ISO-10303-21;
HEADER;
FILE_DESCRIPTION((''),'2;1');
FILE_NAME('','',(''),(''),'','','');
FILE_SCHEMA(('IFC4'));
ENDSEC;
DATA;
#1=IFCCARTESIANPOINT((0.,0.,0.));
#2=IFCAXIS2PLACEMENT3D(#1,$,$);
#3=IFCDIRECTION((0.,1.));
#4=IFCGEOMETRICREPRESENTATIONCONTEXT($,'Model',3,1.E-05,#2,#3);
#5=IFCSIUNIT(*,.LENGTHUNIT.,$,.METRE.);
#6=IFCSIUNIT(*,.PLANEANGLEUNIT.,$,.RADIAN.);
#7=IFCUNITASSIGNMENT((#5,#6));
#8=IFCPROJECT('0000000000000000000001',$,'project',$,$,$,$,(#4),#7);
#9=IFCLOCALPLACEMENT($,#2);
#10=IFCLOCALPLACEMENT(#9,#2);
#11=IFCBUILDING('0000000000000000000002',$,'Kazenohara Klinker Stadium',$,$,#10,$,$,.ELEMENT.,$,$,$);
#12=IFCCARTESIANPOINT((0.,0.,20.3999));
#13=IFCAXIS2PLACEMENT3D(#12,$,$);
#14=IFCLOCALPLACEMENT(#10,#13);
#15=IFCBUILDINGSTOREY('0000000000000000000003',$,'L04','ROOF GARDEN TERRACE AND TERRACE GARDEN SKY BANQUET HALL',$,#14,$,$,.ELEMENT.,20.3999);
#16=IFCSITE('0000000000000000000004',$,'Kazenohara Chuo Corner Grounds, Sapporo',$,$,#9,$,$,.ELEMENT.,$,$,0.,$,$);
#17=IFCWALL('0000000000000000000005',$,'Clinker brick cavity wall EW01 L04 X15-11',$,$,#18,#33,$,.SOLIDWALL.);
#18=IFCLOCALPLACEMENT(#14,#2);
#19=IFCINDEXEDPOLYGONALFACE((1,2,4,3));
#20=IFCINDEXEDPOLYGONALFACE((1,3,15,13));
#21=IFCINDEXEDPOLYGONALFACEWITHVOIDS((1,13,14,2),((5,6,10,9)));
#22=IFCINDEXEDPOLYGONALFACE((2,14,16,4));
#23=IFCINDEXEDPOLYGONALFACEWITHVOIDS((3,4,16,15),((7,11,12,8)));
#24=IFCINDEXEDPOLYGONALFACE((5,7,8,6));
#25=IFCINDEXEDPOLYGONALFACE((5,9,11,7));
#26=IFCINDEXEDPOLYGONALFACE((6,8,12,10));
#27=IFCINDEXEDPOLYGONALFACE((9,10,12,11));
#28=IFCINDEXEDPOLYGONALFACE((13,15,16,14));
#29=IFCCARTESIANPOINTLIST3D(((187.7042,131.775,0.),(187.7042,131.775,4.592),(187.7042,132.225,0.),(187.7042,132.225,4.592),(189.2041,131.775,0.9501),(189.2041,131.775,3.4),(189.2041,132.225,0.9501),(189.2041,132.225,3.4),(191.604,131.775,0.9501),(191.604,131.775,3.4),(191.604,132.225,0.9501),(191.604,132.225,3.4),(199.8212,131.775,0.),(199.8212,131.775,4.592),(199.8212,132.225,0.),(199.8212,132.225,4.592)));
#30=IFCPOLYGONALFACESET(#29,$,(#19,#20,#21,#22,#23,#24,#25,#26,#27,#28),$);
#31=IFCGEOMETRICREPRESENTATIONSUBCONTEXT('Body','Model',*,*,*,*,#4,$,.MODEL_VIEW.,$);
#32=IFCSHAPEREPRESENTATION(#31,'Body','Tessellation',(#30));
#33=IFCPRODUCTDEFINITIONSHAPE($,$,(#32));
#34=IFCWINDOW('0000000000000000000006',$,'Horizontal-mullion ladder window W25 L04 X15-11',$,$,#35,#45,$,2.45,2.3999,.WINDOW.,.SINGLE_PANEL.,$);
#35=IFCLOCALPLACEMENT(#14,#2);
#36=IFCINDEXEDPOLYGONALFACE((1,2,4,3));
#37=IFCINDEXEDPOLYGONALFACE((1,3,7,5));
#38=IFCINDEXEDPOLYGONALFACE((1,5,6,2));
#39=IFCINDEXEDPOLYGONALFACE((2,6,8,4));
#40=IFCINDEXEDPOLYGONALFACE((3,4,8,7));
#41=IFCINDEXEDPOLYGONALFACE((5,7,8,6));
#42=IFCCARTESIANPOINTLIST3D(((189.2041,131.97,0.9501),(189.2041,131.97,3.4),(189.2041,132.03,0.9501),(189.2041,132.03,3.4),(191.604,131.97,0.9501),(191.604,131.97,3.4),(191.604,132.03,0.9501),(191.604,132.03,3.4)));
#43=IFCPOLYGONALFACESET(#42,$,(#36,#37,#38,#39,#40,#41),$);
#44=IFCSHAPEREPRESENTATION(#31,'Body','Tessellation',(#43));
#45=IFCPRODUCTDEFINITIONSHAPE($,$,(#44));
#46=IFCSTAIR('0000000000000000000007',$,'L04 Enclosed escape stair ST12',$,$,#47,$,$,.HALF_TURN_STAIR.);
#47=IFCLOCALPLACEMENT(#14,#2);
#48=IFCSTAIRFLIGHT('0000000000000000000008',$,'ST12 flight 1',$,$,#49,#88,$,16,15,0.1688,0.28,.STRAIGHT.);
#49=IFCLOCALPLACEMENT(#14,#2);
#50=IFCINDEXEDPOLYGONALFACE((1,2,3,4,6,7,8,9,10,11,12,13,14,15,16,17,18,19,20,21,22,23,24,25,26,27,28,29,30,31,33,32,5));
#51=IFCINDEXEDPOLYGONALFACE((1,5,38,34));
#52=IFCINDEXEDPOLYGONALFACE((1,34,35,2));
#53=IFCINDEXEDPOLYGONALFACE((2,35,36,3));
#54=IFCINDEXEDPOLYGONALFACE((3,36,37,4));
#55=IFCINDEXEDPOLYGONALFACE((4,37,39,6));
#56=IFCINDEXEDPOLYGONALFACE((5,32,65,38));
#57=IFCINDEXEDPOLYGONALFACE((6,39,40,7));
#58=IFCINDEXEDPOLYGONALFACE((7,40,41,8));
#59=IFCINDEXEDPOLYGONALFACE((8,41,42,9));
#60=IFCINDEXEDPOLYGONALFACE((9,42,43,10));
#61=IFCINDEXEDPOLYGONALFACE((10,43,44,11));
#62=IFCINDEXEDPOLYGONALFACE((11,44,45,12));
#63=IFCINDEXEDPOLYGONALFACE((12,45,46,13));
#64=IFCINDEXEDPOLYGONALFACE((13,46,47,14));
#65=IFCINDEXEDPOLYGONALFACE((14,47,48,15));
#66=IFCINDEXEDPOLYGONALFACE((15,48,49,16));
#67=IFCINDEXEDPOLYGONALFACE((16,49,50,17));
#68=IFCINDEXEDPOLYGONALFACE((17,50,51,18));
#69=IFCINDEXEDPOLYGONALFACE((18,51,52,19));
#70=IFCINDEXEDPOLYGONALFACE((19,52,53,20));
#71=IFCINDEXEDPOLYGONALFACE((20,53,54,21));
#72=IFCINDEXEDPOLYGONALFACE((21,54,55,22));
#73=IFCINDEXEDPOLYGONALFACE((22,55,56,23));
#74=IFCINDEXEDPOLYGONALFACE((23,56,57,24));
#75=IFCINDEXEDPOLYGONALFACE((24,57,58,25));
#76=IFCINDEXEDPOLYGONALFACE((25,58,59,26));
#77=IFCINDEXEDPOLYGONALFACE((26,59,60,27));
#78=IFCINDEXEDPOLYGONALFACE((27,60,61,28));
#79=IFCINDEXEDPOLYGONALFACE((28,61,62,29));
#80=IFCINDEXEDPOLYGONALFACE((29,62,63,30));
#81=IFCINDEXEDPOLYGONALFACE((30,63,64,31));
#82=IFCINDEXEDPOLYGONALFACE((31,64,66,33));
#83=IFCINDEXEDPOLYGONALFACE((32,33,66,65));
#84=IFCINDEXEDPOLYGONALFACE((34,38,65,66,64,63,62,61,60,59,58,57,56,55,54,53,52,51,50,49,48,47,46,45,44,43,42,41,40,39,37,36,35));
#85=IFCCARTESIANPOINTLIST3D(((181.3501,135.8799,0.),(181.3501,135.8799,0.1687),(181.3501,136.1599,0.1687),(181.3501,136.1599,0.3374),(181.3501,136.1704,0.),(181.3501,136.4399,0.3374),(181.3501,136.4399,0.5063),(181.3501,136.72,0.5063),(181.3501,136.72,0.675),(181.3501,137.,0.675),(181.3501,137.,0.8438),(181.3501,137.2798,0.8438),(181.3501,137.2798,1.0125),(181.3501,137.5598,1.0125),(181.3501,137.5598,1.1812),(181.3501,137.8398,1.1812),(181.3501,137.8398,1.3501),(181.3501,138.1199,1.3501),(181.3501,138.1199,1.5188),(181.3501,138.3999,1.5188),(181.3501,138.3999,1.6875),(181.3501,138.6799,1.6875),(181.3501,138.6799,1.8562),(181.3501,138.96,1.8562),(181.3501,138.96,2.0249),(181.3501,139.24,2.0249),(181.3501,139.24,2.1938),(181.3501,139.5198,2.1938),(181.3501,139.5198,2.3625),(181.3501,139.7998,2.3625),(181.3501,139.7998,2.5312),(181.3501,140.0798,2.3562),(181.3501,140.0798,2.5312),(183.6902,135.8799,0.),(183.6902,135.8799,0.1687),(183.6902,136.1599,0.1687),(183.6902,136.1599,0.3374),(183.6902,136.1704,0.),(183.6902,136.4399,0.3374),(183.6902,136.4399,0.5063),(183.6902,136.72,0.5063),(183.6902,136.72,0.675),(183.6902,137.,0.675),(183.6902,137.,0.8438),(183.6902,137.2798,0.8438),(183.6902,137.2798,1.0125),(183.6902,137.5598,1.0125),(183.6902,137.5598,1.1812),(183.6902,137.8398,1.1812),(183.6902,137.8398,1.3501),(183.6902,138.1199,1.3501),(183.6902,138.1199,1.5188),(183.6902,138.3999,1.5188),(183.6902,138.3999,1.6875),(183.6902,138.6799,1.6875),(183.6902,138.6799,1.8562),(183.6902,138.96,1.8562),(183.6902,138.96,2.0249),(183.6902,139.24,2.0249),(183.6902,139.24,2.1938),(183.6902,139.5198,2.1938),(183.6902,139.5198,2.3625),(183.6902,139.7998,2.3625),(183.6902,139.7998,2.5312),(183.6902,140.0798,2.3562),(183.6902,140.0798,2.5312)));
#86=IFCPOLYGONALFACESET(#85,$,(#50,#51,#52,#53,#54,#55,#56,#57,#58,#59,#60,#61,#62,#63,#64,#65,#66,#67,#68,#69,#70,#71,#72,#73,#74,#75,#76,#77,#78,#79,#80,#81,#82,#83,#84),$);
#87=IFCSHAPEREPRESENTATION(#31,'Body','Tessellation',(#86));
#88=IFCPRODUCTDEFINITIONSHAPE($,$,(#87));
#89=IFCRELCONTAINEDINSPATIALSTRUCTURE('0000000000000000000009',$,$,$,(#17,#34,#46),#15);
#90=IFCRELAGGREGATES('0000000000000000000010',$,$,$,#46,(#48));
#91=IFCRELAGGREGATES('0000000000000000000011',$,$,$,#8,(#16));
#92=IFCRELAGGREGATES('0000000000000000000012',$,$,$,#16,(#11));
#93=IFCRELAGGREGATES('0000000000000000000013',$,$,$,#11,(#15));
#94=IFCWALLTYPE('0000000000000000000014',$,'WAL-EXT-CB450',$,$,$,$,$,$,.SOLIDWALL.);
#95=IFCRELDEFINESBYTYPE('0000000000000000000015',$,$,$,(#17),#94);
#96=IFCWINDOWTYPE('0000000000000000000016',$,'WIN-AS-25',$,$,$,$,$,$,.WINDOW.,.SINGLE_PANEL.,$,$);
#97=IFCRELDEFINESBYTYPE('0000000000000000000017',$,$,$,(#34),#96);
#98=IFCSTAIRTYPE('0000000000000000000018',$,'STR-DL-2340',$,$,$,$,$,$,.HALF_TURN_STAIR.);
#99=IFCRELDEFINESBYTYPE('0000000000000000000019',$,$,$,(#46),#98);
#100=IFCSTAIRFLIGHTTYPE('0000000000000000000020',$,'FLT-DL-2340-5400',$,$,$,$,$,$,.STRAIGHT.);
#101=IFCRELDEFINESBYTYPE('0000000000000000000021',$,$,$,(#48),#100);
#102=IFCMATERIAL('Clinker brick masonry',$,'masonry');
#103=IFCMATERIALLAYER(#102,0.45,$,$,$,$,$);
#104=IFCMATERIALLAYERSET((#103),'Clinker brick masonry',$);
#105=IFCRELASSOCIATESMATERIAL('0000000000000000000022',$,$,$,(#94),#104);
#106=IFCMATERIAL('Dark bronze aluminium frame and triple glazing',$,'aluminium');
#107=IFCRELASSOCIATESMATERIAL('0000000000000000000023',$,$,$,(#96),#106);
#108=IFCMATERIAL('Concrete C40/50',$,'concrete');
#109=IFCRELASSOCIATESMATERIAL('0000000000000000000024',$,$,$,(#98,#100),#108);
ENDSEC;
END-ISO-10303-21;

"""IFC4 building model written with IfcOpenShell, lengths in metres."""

from ifc_helpers import new_model, si_unit, direction, frame, frame_2d, origin, place, context, subcontext, project, spatial, polyline, rectangle, outline, extrude, material, layer, layer_set, type_object, element, fill, aggregate, save


model = new_model("IFC4")

# Units and contexts
model_context = context("Model", 3, precision=1e-05, world=origin(), true_north=direction((0.0, 1.0)))
body_context = subcontext(model_context, "Body", "Model", "MODEL_VIEW")
ifc_project = project(units=[si_unit("LENGTHUNIT", "METRE"), si_unit("PLANEANGLEUNIT", "RADIAN")], contexts=[model_context])

# Site, building, storey
site_placement = place(None, origin())
site = spatial("IfcSite", under=ifc_project, at=site_placement, Name="Kazenohara Chuo Corner Grounds, Sapporo", CompositionType="ELEMENT", RefElevation=0.0)
building_placement = place(site_placement, origin())
building = spatial("IfcBuilding", under=site, at=building_placement, Name="Kazenohara Klinker Stadium", CompositionType="ELEMENT")
storey_placement = place(building_placement, frame((0.0, 0.0, 20.3999)))
storey = spatial("IfcBuildingStorey", under=building, at=storey_placement, Name="L04", Description="ROOF GARDEN TERRACE AND TERRACE GARDEN SKY BANQUET HALL", CompositionType="ELEMENT", Elevation=20.3999)

# Shared definitions
ifc_material_1 = material(Name="Concrete C40/50", Category="concrete")

# Wall, opening, window
ifc_material_2 = material(Name="Clinker brick masonry", Category="masonry")
ifc_material_3 = material(Name="Dark bronze aluminium frame and triple glazing", Category="aluminium")
ifc_layer_1 = layer(ifc_material_2, 0.45)
ifc_layer_set_1 = layer_set([ifc_layer_1], Name="Clinker brick masonry")
wall_type_1 = type_object("IfcWallType", Name="WAL-EXT-CB450", PredefinedType="SOLIDWALL", material=ifc_layer_set_1)
wall_1_placement = place(storey_placement, frame((187.7041, 132.0, 0.0), z_axis=(0.0, 0.0, 1.0), x_axis=(1.0, 0.0, 0.0)))
wall_1 = element("IfcWall", 1, at=wall_1_placement, inside=storey, type_object=wall_type_1, Name="Clinker brick cavity wall EW01 L04 X15-11", PredefinedType="SOLIDWALL", context=body_context, shape_type="SweptSolid", body=[
    extrude(rectangle(XDim=12.1169, YDim=0.45, at=frame_2d((6.0586, 0.0))), origin(), (0.0, 0.0, 1.0), 4.592),
])
opening_1_placement = place(wall_1_placement, frame((1.5, 0.0, 0.95)))
opening_1 = element("IfcOpeningElement", 2, at=opening_1_placement, cuts=wall_1, PredefinedType="OPENING", context=body_context, shape_type="SweptSolid", body=[
    extrude(rectangle(XDim=2.3999, YDim=2.45, at=frame_2d((1.2, 1.2251))), frame((0.0, 0.2349, 0.0), z_axis=(0.0, -1.0, 0.0), x_axis=(1.0, 0.0, 0.0)), (0.0, 0.0, 1.0), 0.47),
])
window_type_1 = type_object("IfcWindowType", Name="WIN-AS-25", PartitioningType="SINGLE_PANEL", PredefinedType="WINDOW", material=ifc_material_3)
window_1_placement = place(opening_1_placement, origin())
window_1 = element("IfcWindow", 3, at=window_1_placement, inside=storey, type_object=window_type_1, Name="Horizontal-mullion ladder window W25 L04 X15-11", OverallHeight=2.45, OverallWidth=2.3999, PartitioningType="SINGLE_PANEL", PredefinedType="WINDOW", context=body_context, shape_type="SweptSolid", body=[
    extrude(rectangle(XDim=2.3999, YDim=2.45, at=frame_2d((1.2, 1.2251))), frame((0.0, 0.03, 0.0), z_axis=(0.0, -1.0, 0.0), x_axis=(1.0, 0.0, 0.0)), (0.0, 0.0, 1.0), 0.0601),
])
fill(opening_1, window_1)

# Stair, stair flight
stair_type = type_object("IfcStairType", Name="STR-DL-2340", PredefinedType="HALF_TURN_STAIR", material=ifc_material_1)
stair_placement = place(storey_placement, origin())
stair = element("IfcStair", 4, at=stair_placement, inside=storey, type_object=stair_type, Name="L04 Enclosed escape stair ST12", PredefinedType="HALF_TURN_STAIR")
stair_flight_type = type_object("IfcStairFlightType", Name="FLT-DL-2340-5400", PredefinedType="STRAIGHT", material=ifc_material_1)
stair_flight_placement = place(storey_placement, frame((182.52, 135.8799, 0.0), z_axis=(0.0, 0.0, 1.0), x_axis=(0.0, 1.0, 0.0)))
stair_flight = element("IfcStairFlight", 5, at=stair_flight_placement, type_object=stair_flight_type, Name="ST12 flight 1", NumberOfRisers=16, NumberOfTreads=15, PredefinedType="STRAIGHT", RiserHeight=0.1688, TreadLength=0.28, context=body_context, shape_type="SweptSolid", body=[
    extrude(outline(polyline([(0.0, 0.0), (0.0, 0.1687), (0.28, 0.1687), (0.28, 0.3374), (0.5601, 0.3374), (0.5601, 0.5063), (0.8401, 0.5063), (0.8401, 0.675), (1.1201, 0.675), (1.1201, 0.8438), (1.3999, 0.8438), (1.3999, 1.0125), (1.6799, 1.0125), (1.6799, 1.1812), (1.96, 1.1812), (1.96, 1.3501), (2.24, 1.3501), (2.24, 1.5188), (2.52, 1.5188), (2.52, 1.6875), (2.8, 1.6875), (2.8, 1.8562), (3.0801, 1.8562), (3.0801, 2.0249), (3.3601, 2.0249), (3.3601, 2.1938), (3.6399, 2.1938), (3.6399, 2.3625), (3.9199, 2.3625), (3.9199, 2.5312), (4.2, 2.5312), (4.2, 2.7), (4.2, 2.3562), (0.2905, 0.0), (0.0, 0.0)])), frame((0.0, 1.1699, 0.0), z_axis=(0.0, -1.0, 0.0), x_axis=(1.0, 0.0, 0.0)), (0.0, 0.0, 1.0), 2.3401),
])
aggregate(stair, [stair_flight])

save(model, "model.ifc")
